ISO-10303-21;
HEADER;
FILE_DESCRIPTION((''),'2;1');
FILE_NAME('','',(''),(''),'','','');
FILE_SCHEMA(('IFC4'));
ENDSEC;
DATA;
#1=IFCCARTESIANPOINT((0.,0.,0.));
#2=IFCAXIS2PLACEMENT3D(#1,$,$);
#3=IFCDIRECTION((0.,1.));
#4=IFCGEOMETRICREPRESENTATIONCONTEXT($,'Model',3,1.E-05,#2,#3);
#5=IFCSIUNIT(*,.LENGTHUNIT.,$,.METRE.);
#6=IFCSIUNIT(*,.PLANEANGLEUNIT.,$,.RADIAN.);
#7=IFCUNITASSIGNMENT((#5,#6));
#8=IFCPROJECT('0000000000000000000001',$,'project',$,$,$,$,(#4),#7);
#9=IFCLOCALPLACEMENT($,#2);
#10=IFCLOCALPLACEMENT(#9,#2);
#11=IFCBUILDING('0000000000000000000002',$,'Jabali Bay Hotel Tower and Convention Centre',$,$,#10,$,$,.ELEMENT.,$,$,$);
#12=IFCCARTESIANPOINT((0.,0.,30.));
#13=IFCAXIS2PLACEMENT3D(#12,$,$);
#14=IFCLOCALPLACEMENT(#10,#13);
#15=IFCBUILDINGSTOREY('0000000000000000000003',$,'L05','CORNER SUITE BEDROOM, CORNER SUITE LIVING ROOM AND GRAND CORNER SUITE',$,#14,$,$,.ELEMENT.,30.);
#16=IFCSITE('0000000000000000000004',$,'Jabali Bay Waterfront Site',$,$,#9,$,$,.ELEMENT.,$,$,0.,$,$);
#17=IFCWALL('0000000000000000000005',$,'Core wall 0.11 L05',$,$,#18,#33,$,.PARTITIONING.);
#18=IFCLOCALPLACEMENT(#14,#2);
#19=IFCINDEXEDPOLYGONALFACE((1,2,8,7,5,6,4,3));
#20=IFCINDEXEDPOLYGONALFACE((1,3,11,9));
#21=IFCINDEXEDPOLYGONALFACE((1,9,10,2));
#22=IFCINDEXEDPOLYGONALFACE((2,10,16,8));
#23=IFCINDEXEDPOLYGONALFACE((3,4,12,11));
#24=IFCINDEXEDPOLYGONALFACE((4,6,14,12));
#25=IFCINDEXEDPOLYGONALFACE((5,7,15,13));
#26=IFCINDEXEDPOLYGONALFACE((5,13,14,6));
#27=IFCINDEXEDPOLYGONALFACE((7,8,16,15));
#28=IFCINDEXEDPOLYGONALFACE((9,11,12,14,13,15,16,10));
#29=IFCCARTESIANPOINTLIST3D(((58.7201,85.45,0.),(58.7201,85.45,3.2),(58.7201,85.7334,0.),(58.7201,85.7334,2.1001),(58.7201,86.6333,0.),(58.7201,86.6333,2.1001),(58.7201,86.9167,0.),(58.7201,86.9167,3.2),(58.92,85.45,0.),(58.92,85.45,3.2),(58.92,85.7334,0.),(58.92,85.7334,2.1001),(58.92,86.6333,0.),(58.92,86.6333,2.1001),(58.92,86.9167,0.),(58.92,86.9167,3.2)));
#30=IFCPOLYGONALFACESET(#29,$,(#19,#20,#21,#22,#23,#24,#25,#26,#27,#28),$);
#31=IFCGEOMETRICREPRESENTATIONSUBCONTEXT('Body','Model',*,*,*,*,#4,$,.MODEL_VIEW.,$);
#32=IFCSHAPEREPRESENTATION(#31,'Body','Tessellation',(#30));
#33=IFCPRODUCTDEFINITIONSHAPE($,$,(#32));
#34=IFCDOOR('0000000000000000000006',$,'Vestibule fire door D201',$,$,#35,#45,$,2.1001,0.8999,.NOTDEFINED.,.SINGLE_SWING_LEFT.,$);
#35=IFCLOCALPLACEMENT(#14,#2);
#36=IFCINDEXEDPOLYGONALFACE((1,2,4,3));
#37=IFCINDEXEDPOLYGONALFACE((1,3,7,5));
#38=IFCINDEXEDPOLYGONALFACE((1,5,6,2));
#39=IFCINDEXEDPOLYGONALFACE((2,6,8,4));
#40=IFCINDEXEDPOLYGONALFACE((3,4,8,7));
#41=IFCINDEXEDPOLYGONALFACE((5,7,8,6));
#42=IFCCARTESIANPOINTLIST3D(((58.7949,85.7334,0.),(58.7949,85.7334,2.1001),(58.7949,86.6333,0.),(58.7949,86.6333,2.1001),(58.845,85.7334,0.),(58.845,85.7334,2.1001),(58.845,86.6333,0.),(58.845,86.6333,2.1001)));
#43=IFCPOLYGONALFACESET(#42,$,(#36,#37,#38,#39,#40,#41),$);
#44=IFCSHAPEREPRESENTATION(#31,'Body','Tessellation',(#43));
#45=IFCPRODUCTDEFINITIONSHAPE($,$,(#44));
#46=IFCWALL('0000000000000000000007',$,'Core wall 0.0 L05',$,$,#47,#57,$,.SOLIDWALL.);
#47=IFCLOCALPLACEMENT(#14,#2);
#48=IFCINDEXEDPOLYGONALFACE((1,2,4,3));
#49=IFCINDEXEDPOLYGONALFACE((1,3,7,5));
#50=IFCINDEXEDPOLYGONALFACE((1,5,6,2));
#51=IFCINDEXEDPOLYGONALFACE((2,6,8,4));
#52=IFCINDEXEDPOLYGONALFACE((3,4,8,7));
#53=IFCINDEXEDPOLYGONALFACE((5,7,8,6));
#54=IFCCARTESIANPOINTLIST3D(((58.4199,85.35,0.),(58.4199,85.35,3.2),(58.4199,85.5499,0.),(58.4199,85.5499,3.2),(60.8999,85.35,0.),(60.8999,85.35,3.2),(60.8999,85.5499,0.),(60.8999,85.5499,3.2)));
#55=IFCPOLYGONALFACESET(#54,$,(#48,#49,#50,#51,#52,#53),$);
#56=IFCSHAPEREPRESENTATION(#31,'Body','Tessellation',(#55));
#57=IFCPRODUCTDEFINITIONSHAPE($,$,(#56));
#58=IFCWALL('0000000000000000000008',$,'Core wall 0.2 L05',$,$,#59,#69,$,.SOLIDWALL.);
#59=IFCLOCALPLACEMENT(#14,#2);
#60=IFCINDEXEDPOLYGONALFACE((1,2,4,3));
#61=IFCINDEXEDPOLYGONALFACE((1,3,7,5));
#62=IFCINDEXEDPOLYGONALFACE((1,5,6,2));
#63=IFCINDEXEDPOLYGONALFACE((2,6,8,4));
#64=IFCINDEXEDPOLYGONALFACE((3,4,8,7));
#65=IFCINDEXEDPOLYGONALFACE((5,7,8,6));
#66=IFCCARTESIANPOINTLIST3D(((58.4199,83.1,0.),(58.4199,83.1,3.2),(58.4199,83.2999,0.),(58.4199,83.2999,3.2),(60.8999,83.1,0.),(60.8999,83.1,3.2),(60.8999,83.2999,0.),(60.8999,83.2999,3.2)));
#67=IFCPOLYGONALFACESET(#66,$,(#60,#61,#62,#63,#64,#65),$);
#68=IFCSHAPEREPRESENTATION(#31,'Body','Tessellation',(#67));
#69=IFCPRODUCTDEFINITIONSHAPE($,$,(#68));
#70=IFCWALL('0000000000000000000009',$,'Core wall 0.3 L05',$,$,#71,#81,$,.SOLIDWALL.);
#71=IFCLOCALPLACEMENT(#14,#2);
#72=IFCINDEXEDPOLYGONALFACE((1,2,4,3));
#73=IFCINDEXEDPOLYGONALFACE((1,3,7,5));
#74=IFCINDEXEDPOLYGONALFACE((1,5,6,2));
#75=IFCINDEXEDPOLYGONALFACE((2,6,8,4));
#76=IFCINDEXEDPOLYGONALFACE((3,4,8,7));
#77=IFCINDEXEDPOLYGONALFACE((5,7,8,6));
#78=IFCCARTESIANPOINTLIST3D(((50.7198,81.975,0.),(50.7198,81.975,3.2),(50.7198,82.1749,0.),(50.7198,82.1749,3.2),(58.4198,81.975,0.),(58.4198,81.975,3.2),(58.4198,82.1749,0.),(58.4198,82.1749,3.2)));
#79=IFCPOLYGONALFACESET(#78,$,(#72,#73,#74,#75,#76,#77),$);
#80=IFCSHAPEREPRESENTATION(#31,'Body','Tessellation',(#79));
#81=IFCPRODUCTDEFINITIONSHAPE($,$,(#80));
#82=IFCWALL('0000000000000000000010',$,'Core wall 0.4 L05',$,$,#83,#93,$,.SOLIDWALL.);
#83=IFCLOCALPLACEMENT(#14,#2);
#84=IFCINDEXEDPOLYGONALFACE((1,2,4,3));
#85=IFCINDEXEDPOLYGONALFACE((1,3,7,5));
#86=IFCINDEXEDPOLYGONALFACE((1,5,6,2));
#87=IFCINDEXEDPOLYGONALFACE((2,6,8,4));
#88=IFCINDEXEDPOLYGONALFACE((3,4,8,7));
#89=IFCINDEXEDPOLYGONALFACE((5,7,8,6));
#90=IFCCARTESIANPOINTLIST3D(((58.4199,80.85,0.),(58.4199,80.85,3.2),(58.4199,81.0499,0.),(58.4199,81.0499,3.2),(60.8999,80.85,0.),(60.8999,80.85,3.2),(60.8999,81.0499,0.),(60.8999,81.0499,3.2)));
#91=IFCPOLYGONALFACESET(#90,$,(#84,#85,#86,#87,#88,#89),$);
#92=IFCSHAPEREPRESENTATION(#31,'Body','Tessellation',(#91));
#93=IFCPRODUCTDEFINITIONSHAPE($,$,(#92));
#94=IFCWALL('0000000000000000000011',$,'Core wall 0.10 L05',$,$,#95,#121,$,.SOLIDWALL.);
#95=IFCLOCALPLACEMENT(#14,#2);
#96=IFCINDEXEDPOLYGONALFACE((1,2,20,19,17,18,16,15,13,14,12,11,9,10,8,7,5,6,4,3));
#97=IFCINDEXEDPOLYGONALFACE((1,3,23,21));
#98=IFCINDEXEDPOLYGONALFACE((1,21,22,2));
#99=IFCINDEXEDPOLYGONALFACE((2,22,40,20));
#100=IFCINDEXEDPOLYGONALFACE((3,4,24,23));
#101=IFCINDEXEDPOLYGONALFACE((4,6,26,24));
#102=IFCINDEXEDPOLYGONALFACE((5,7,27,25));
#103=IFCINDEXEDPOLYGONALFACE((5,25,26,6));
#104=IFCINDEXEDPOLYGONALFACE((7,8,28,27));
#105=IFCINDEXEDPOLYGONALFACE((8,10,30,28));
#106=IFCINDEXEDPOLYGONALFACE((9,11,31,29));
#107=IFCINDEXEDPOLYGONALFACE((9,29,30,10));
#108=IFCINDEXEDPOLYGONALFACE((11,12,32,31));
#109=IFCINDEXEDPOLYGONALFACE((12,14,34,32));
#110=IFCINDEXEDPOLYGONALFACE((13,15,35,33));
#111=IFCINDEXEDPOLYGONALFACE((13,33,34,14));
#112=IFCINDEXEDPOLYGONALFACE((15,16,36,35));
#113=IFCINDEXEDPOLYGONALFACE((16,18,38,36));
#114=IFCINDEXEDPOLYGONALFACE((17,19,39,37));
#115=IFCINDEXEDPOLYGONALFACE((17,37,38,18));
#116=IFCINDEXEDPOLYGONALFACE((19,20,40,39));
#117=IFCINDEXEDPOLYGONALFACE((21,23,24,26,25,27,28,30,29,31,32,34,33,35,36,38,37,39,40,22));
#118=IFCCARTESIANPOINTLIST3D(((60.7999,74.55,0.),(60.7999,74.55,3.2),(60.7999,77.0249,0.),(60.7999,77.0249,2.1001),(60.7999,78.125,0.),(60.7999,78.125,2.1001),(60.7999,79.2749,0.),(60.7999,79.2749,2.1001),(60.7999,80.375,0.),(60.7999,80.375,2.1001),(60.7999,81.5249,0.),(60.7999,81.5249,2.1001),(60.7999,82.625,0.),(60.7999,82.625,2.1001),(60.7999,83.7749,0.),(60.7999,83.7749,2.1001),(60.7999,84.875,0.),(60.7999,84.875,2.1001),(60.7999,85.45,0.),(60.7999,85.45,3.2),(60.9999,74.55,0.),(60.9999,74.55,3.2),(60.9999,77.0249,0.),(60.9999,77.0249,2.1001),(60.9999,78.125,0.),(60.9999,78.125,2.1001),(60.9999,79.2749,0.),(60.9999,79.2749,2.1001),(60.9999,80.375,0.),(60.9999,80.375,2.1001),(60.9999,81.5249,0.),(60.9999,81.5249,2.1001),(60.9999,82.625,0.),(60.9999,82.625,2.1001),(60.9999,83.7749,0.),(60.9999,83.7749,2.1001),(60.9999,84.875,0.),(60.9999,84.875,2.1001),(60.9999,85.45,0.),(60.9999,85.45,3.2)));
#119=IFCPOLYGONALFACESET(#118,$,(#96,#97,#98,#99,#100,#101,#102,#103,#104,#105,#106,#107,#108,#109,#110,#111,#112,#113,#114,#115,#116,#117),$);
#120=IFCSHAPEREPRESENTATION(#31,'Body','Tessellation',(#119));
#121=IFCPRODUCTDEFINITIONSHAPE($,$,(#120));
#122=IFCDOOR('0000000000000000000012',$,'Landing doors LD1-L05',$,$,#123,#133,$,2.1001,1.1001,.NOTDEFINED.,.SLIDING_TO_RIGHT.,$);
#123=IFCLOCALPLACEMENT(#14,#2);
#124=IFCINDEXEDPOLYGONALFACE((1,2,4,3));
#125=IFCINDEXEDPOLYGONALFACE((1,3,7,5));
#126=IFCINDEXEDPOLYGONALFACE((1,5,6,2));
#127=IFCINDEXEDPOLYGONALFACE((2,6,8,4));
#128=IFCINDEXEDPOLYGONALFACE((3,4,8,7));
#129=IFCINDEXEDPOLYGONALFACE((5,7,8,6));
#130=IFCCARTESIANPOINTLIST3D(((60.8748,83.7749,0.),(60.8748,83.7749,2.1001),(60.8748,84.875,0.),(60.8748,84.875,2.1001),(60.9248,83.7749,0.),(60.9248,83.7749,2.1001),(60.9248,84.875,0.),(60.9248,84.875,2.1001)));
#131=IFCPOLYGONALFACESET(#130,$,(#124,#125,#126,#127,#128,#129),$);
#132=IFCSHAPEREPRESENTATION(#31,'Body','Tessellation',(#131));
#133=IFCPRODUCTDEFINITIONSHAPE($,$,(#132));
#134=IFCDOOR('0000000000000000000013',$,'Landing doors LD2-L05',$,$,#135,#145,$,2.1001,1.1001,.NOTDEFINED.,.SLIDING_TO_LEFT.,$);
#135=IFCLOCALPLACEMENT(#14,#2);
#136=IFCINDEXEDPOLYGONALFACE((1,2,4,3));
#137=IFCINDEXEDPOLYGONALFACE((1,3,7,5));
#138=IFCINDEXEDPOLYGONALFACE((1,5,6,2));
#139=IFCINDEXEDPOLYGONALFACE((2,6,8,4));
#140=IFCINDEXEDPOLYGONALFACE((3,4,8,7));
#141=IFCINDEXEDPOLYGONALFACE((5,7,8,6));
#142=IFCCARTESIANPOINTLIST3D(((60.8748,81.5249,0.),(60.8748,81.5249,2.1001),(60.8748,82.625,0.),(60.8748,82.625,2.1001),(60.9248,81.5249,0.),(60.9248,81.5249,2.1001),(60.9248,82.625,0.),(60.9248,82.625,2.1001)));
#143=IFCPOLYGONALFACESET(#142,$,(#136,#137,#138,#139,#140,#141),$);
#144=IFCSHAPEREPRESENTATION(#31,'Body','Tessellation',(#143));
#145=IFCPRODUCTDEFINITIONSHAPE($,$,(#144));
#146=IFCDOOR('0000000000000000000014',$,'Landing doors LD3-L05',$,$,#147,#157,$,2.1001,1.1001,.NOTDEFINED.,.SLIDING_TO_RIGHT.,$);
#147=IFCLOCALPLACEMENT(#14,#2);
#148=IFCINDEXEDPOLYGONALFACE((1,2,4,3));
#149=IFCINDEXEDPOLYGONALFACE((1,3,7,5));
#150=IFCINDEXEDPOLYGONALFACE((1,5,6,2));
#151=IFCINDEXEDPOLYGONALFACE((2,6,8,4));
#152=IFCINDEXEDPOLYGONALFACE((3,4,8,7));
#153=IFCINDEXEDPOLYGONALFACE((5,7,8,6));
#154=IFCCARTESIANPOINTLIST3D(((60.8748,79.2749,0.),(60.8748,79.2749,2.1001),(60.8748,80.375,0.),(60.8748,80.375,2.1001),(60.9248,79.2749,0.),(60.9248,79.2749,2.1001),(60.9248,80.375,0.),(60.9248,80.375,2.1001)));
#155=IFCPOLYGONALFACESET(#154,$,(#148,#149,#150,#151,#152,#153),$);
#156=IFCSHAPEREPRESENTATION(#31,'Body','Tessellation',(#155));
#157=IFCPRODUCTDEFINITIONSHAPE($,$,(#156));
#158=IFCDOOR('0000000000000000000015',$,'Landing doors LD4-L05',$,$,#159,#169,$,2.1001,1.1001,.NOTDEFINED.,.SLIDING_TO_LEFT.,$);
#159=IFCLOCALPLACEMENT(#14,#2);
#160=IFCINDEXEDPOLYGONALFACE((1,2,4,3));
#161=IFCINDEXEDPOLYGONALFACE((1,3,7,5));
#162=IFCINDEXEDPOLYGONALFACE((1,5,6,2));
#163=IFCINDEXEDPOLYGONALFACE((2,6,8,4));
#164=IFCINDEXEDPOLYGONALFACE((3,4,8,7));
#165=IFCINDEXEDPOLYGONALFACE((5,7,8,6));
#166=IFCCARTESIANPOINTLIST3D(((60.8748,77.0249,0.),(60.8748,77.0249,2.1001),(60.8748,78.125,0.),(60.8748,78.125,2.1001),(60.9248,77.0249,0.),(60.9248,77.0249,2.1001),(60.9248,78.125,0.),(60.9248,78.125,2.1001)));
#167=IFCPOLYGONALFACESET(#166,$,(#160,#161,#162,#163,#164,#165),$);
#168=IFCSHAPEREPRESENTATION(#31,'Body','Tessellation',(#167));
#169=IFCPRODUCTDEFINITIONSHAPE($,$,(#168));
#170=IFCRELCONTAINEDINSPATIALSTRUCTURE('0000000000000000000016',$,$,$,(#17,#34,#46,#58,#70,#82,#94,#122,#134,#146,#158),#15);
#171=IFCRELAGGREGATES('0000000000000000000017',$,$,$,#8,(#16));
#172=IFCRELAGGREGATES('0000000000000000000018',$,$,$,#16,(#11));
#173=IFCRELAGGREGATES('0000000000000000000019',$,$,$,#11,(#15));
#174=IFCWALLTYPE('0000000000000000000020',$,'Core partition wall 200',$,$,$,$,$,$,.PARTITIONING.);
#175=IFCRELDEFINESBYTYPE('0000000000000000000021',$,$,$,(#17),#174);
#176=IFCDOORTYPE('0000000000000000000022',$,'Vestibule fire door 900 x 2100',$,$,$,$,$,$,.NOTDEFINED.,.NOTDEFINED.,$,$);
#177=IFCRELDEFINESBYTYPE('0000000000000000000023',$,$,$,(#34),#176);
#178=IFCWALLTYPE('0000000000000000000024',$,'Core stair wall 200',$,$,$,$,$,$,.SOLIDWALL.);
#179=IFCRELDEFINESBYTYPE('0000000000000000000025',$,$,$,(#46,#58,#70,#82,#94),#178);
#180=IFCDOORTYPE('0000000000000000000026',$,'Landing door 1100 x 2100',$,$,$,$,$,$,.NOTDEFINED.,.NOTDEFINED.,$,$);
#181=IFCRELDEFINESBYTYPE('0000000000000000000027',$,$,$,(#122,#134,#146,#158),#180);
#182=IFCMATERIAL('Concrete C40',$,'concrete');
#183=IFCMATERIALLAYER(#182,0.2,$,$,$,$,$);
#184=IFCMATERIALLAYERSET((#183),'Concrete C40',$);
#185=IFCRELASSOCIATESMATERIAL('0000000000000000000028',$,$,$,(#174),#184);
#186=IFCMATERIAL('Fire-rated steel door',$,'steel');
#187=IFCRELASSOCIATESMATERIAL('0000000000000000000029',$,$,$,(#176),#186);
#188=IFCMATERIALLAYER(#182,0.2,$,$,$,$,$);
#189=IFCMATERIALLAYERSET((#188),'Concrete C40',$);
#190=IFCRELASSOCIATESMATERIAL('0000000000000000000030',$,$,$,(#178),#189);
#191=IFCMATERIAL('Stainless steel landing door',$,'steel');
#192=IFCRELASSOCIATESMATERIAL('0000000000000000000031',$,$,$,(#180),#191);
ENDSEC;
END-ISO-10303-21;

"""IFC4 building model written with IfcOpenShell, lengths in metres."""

from ifc_helpers import new_model, si_unit, direction, frame, frame_2d, origin, place, context, subcontext, project, spatial, rectangle, extrude, material, layer, layer_set, type_object, element, fill, save


model = new_model("IFC4")

# Units and contexts
model_context = context("Model", 3, precision=1e-05, world=origin(), true_north=direction((0.0, 1.0)))
body_context = subcontext(model_context, "Body", "Model", "MODEL_VIEW")
ifc_project = project(units=[si_unit("LENGTHUNIT", "METRE"), si_unit("PLANEANGLEUNIT", "RADIAN")], contexts=[model_context])

# Site, building, storey
site_placement = place(None, origin())
site = spatial("IfcSite", under=ifc_project, at=site_placement, Name="Jabali Bay Waterfront Site", CompositionType="ELEMENT", RefElevation=0.0)
building_placement = place(site_placement, origin())
building = spatial("IfcBuilding", under=site, at=building_placement, Name="Jabali Bay Hotel Tower and Convention Centre", CompositionType="ELEMENT")
storey_placement = place(building_placement, frame((0.0, 0.0, 30.0)))
storey = spatial("IfcBuildingStorey", under=building, at=storey_placement, Name="L05", Description="CORNER SUITE BEDROOM, CORNER SUITE LIVING ROOM AND GRAND CORNER SUITE", CompositionType="ELEMENT", Elevation=30.0)

# Wall, opening, door
ifc_material_1 = material(Name="Concrete C40", Category="concrete")
ifc_layer_1 = layer(ifc_material_1, 0.2)
ifc_layer_set_1 = layer_set([ifc_layer_1], Name="Concrete C40")
wall_type_1 = type_object("IfcWallType", Name="Core partition wall 200", PredefinedType="PARTITIONING", material=ifc_layer_set_1)
wall_1_placement = place(storey_placement, frame((58.8201, 86.9167, 0.0), z_axis=(0.0, 0.0, 1.0), x_axis=(0.0, -1.0, 0.0)))
wall_1 = element("IfcWall", 1, at=wall_1_placement, inside=storey, type_object=wall_type_1, Name="Core wall 0.11 L05", PredefinedType="PARTITIONING", context=body_context, shape_type="SweptSolid", body=[
    extrude(rectangle(XDim=1.4668, YDim=0.2, at=frame_2d((0.7334, 0.0))), origin(), (0.0, 0.0, 1.0), 3.2),
])
opening_1_placement = place(wall_1_placement, frame((0.2834, 0.0, 0.0)))
opening_1 = element("IfcOpeningElement", 2, at=opening_1_placement, cuts=wall_1, PredefinedType="OPENING", context=body_context, shape_type="SweptSolid", body=[
    extrude(rectangle(XDim=0.8999, YDim=2.1001, at=frame_2d((0.45, 1.05))), frame((0.0, 0.1104, 0.0), z_axis=(0.0, -1.0, 0.0), x_axis=(1.0, 0.0, 0.0)), (0.0, 0.0, 1.0), 0.2209),
])
ifc_material_2 = material(Name="Fire-rated steel door", Category="steel")
door_type_1 = type_object("IfcDoorType", Name="Vestibule fire door 900 x 2100", OperationType="NOTDEFINED", PredefinedType="NOTDEFINED", material=ifc_material_2)
door_1_placement = place(opening_1_placement, origin())
door_1 = element("IfcDoor", 3, at=door_1_placement, inside=storey, type_object=door_type_1, Name="Vestibule fire door D201", OperationType="SINGLE_SWING_LEFT", OverallHeight=2.1001, OverallWidth=0.8999, PredefinedType="NOTDEFINED", context=body_context, shape_type="SweptSolid", body=[
    extrude(rectangle(XDim=0.8999, YDim=2.1001, at=frame_2d((0.45, 1.05))), frame((0.0, 0.0249, 0.0), z_axis=(0.0, -1.0, 0.0), x_axis=(1.0, 0.0, 0.0)), (0.0, 0.0, 1.0), 0.05),
])
fill(opening_1, door_1)

# Walls
ifc_layer_2 = layer(ifc_material_1, 0.2)
ifc_layer_set_2 = layer_set([ifc_layer_2], Name="Concrete C40")
wall_type_2 = type_object("IfcWallType", Name="Core stair wall 200", PredefinedType="SOLIDWALL", material=ifc_layer_set_2)
for number, where, z_axis, x_axis, name in (
    (4, (60.8999, 85.45, 0.0), (0.0, 0.0, 1.0), (-1.0, 0.0, 0.0), "Core wall 0.0 L05"),
    (5, (60.8999, 83.2, 0.0), (0.0, 0.0, 1.0), (-1.0, 0.0, 0.0), "Core wall 0.2 L05"),
):
    element("IfcWall", number, at=place(storey_placement, frame(where, z_axis=z_axis, x_axis=x_axis)), inside=storey, type_object=wall_type_2, Name=name, PredefinedType="SOLIDWALL", context=body_context, shape_type="SweptSolid", body=[
        extrude(rectangle(XDim=2.48, YDim=0.2, at=frame_2d((1.24, 0.0))), origin(), (0.0, 0.0, 1.0), 3.2),
    ])
wall_2_placement = place(storey_placement, frame((58.4199, 82.075, 0.0), z_axis=(0.0, 0.0, 1.0), x_axis=(-1.0, 0.0, 0.0)))
element("IfcWall", 6, at=wall_2_placement, inside=storey, type_object=wall_type_2, Name="Core wall 0.3 L05", PredefinedType="SOLIDWALL", context=body_context, shape_type="SweptSolid", body=[
    extrude(rectangle(XDim=7.7, YDim=0.2, at=frame_2d((3.8501, 0.0))), origin(), (0.0, 0.0, 1.0), 3.2),
])
wall_3_placement = place(storey_placement, frame((60.8999, 80.95, 0.0), z_axis=(0.0, 0.0, 1.0), x_axis=(-1.0, 0.0, 0.0)))
element("IfcWall", 7, at=wall_3_placement, inside=storey, type_object=wall_type_2, Name="Core wall 0.4 L05", PredefinedType="SOLIDWALL", context=body_context, shape_type="SweptSolid", body=[
    extrude(rectangle(XDim=2.48, YDim=0.2, at=frame_2d((1.24, 0.0))), origin(), (0.0, 0.0, 1.0), 3.2),
])

# Wall, openings, doors
wall_4_placement = place(storey_placement, frame((60.8999, 85.45, 0.0), z_axis=(0.0, 0.0, 1.0), x_axis=(0.0, -1.0, 0.0)))
wall_4 = element("IfcWall", 8, at=wall_4_placement, inside=storey, type_object=wall_type_2, Name="Core wall 0.10 L05", PredefinedType="SOLIDWALL", context=body_context, shape_type="SweptSolid", body=[
    extrude(rectangle(XDim=10.8999, YDim=0.2, at=frame_2d((5.45, 0.0))), origin(), (0.0, 0.0, 1.0), 3.2),
])
opening_2_placement = place(wall_4_placement, frame((0.575, 0.0, 0.0)))
opening_2 = element("IfcOpeningElement", 9, at=opening_2_placement, cuts=wall_4, PredefinedType="OPENING", context=body_context, shape_type="SweptSolid", body=[
    extrude(rectangle(XDim=1.1001, YDim=2.1001, at=frame_2d((0.55, 1.05))), frame((0.0, 0.1104, 0.0), z_axis=(0.0, -1.0, 0.0), x_axis=(1.0, 0.0, 0.0)), (0.0, 0.0, 1.0), 0.2209),
])
opening_3_placement = place(wall_4_placement, frame((2.825, 0.0, 0.0)))
opening_3 = element("IfcOpeningElement", 10, at=opening_3_placement, cuts=wall_4, PredefinedType="OPENING", context=body_context, shape_type="SweptSolid", body=[
    extrude(rectangle(XDim=1.1001, YDim=2.1001, at=frame_2d((0.55, 1.05))), frame((0.0, 0.1104, 0.0), z_axis=(0.0, -1.0, 0.0), x_axis=(1.0, 0.0, 0.0)), (0.0, 0.0, 1.0), 0.2209),
])
opening_4_placement = place(wall_4_placement, frame((5.075, 0.0, 0.0)))
opening_4 = element("IfcOpeningElement", 11, at=opening_4_placement, cuts=wall_4, PredefinedType="OPENING", context=body_context, shape_type="SweptSolid", body=[
    extrude(rectangle(XDim=1.1001, YDim=2.1001, at=frame_2d((0.55, 1.05))), frame((0.0, 0.1104, 0.0), z_axis=(0.0, -1.0, 0.0), x_axis=(1.0, 0.0, 0.0)), (0.0, 0.0, 1.0), 0.2209),
])
opening_5_placement = place(wall_4_placement, frame((7.325, 0.0, 0.0)))
opening_5 = element("IfcOpeningElement", 12, at=opening_5_placement, cuts=wall_4, PredefinedType="OPENING", context=body_context, shape_type="SweptSolid", body=[
    extrude(rectangle(XDim=1.1001, YDim=2.1001, at=frame_2d((0.55, 1.05))), frame((0.0, 0.1104, 0.0), z_axis=(0.0, -1.0, 0.0), x_axis=(1.0, 0.0, 0.0)), (0.0, 0.0, 1.0), 0.2209),
])
ifc_material_3 = material(Name="Stainless steel landing door", Category="steel")
door_type_2 = type_object("IfcDoorType", Name="Landing door 1100 x 2100", OperationType="NOTDEFINED", PredefinedType="NOTDEFINED", material=ifc_material_3)
door_2_placement = place(opening_2_placement, origin())
door_2 = element("IfcDoor", 13, at=door_2_placement, inside=storey, type_object=door_type_2, Name="Landing doors LD1-L05", OperationType="SLIDING_TO_RIGHT", OverallHeight=2.1001, OverallWidth=1.1001, PredefinedType="NOTDEFINED", context=body_context, shape_type="SweptSolid", body=[
    extrude(rectangle(XDim=1.1001, YDim=2.1001, at=frame_2d((0.55, 1.05))), frame((0.0, 0.0249, 0.0), z_axis=(0.0, -1.0, 0.0), x_axis=(1.0, 0.0, 0.0)), (0.0, 0.0, 1.0), 0.05),
])
fill(opening_2, door_2)
door_3_placement = place(opening_3_placement, origin())
door_3 = element("IfcDoor", 14, at=door_3_placement, inside=storey, type_object=door_type_2, Name="Landing doors LD2-L05", OperationType="SLIDING_TO_LEFT", OverallHeight=2.1001, OverallWidth=1.1001, PredefinedType="NOTDEFINED", context=body_context, shape_type="SweptSolid", body=[
    extrude(rectangle(XDim=1.1001, YDim=2.1001, at=frame_2d((0.55, 1.05))), frame((0.0, 0.0249, 0.0), z_axis=(0.0, -1.0, 0.0), x_axis=(1.0, 0.0, 0.0)), (0.0, 0.0, 1.0), 0.05),
])
fill(opening_3, door_3)
door_4_placement = place(opening_4_placement, origin())
door_4 = element("IfcDoor", 15, at=door_4_placement, inside=storey, type_object=door_type_2, Name="Landing doors LD3-L05", OperationType="SLIDING_TO_RIGHT", OverallHeight=2.1001, OverallWidth=1.1001, PredefinedType="NOTDEFINED", context=body_context, shape_type="SweptSolid", body=[
    extrude(rectangle(XDim=1.1001, YDim=2.1001, at=frame_2d((0.55, 1.05))), frame((0.0, 0.0249, 0.0), z_axis=(0.0, -1.0, 0.0), x_axis=(1.0, 0.0, 0.0)), (0.0, 0.0, 1.0), 0.05),
])
fill(opening_4, door_4)
door_5_placement = place(opening_5_placement, origin())
door_5 = element("IfcDoor", 16, at=door_5_placement, inside=storey, type_object=door_type_2, Name="Landing doors LD4-L05", OperationType="SLIDING_TO_LEFT", OverallHeight=2.1001, OverallWidth=1.1001, PredefinedType="NOTDEFINED", context=body_context, shape_type="SweptSolid", body=[
    extrude(rectangle(XDim=1.1001, YDim=2.1001, at=frame_2d((0.55, 1.05))), frame((0.0, 0.0249, 0.0), z_axis=(0.0, -1.0, 0.0), x_axis=(1.0, 0.0, 0.0)), (0.0, 0.0, 1.0), 0.05),
])
fill(opening_5, door_5)

save(model, "model.ifc")
